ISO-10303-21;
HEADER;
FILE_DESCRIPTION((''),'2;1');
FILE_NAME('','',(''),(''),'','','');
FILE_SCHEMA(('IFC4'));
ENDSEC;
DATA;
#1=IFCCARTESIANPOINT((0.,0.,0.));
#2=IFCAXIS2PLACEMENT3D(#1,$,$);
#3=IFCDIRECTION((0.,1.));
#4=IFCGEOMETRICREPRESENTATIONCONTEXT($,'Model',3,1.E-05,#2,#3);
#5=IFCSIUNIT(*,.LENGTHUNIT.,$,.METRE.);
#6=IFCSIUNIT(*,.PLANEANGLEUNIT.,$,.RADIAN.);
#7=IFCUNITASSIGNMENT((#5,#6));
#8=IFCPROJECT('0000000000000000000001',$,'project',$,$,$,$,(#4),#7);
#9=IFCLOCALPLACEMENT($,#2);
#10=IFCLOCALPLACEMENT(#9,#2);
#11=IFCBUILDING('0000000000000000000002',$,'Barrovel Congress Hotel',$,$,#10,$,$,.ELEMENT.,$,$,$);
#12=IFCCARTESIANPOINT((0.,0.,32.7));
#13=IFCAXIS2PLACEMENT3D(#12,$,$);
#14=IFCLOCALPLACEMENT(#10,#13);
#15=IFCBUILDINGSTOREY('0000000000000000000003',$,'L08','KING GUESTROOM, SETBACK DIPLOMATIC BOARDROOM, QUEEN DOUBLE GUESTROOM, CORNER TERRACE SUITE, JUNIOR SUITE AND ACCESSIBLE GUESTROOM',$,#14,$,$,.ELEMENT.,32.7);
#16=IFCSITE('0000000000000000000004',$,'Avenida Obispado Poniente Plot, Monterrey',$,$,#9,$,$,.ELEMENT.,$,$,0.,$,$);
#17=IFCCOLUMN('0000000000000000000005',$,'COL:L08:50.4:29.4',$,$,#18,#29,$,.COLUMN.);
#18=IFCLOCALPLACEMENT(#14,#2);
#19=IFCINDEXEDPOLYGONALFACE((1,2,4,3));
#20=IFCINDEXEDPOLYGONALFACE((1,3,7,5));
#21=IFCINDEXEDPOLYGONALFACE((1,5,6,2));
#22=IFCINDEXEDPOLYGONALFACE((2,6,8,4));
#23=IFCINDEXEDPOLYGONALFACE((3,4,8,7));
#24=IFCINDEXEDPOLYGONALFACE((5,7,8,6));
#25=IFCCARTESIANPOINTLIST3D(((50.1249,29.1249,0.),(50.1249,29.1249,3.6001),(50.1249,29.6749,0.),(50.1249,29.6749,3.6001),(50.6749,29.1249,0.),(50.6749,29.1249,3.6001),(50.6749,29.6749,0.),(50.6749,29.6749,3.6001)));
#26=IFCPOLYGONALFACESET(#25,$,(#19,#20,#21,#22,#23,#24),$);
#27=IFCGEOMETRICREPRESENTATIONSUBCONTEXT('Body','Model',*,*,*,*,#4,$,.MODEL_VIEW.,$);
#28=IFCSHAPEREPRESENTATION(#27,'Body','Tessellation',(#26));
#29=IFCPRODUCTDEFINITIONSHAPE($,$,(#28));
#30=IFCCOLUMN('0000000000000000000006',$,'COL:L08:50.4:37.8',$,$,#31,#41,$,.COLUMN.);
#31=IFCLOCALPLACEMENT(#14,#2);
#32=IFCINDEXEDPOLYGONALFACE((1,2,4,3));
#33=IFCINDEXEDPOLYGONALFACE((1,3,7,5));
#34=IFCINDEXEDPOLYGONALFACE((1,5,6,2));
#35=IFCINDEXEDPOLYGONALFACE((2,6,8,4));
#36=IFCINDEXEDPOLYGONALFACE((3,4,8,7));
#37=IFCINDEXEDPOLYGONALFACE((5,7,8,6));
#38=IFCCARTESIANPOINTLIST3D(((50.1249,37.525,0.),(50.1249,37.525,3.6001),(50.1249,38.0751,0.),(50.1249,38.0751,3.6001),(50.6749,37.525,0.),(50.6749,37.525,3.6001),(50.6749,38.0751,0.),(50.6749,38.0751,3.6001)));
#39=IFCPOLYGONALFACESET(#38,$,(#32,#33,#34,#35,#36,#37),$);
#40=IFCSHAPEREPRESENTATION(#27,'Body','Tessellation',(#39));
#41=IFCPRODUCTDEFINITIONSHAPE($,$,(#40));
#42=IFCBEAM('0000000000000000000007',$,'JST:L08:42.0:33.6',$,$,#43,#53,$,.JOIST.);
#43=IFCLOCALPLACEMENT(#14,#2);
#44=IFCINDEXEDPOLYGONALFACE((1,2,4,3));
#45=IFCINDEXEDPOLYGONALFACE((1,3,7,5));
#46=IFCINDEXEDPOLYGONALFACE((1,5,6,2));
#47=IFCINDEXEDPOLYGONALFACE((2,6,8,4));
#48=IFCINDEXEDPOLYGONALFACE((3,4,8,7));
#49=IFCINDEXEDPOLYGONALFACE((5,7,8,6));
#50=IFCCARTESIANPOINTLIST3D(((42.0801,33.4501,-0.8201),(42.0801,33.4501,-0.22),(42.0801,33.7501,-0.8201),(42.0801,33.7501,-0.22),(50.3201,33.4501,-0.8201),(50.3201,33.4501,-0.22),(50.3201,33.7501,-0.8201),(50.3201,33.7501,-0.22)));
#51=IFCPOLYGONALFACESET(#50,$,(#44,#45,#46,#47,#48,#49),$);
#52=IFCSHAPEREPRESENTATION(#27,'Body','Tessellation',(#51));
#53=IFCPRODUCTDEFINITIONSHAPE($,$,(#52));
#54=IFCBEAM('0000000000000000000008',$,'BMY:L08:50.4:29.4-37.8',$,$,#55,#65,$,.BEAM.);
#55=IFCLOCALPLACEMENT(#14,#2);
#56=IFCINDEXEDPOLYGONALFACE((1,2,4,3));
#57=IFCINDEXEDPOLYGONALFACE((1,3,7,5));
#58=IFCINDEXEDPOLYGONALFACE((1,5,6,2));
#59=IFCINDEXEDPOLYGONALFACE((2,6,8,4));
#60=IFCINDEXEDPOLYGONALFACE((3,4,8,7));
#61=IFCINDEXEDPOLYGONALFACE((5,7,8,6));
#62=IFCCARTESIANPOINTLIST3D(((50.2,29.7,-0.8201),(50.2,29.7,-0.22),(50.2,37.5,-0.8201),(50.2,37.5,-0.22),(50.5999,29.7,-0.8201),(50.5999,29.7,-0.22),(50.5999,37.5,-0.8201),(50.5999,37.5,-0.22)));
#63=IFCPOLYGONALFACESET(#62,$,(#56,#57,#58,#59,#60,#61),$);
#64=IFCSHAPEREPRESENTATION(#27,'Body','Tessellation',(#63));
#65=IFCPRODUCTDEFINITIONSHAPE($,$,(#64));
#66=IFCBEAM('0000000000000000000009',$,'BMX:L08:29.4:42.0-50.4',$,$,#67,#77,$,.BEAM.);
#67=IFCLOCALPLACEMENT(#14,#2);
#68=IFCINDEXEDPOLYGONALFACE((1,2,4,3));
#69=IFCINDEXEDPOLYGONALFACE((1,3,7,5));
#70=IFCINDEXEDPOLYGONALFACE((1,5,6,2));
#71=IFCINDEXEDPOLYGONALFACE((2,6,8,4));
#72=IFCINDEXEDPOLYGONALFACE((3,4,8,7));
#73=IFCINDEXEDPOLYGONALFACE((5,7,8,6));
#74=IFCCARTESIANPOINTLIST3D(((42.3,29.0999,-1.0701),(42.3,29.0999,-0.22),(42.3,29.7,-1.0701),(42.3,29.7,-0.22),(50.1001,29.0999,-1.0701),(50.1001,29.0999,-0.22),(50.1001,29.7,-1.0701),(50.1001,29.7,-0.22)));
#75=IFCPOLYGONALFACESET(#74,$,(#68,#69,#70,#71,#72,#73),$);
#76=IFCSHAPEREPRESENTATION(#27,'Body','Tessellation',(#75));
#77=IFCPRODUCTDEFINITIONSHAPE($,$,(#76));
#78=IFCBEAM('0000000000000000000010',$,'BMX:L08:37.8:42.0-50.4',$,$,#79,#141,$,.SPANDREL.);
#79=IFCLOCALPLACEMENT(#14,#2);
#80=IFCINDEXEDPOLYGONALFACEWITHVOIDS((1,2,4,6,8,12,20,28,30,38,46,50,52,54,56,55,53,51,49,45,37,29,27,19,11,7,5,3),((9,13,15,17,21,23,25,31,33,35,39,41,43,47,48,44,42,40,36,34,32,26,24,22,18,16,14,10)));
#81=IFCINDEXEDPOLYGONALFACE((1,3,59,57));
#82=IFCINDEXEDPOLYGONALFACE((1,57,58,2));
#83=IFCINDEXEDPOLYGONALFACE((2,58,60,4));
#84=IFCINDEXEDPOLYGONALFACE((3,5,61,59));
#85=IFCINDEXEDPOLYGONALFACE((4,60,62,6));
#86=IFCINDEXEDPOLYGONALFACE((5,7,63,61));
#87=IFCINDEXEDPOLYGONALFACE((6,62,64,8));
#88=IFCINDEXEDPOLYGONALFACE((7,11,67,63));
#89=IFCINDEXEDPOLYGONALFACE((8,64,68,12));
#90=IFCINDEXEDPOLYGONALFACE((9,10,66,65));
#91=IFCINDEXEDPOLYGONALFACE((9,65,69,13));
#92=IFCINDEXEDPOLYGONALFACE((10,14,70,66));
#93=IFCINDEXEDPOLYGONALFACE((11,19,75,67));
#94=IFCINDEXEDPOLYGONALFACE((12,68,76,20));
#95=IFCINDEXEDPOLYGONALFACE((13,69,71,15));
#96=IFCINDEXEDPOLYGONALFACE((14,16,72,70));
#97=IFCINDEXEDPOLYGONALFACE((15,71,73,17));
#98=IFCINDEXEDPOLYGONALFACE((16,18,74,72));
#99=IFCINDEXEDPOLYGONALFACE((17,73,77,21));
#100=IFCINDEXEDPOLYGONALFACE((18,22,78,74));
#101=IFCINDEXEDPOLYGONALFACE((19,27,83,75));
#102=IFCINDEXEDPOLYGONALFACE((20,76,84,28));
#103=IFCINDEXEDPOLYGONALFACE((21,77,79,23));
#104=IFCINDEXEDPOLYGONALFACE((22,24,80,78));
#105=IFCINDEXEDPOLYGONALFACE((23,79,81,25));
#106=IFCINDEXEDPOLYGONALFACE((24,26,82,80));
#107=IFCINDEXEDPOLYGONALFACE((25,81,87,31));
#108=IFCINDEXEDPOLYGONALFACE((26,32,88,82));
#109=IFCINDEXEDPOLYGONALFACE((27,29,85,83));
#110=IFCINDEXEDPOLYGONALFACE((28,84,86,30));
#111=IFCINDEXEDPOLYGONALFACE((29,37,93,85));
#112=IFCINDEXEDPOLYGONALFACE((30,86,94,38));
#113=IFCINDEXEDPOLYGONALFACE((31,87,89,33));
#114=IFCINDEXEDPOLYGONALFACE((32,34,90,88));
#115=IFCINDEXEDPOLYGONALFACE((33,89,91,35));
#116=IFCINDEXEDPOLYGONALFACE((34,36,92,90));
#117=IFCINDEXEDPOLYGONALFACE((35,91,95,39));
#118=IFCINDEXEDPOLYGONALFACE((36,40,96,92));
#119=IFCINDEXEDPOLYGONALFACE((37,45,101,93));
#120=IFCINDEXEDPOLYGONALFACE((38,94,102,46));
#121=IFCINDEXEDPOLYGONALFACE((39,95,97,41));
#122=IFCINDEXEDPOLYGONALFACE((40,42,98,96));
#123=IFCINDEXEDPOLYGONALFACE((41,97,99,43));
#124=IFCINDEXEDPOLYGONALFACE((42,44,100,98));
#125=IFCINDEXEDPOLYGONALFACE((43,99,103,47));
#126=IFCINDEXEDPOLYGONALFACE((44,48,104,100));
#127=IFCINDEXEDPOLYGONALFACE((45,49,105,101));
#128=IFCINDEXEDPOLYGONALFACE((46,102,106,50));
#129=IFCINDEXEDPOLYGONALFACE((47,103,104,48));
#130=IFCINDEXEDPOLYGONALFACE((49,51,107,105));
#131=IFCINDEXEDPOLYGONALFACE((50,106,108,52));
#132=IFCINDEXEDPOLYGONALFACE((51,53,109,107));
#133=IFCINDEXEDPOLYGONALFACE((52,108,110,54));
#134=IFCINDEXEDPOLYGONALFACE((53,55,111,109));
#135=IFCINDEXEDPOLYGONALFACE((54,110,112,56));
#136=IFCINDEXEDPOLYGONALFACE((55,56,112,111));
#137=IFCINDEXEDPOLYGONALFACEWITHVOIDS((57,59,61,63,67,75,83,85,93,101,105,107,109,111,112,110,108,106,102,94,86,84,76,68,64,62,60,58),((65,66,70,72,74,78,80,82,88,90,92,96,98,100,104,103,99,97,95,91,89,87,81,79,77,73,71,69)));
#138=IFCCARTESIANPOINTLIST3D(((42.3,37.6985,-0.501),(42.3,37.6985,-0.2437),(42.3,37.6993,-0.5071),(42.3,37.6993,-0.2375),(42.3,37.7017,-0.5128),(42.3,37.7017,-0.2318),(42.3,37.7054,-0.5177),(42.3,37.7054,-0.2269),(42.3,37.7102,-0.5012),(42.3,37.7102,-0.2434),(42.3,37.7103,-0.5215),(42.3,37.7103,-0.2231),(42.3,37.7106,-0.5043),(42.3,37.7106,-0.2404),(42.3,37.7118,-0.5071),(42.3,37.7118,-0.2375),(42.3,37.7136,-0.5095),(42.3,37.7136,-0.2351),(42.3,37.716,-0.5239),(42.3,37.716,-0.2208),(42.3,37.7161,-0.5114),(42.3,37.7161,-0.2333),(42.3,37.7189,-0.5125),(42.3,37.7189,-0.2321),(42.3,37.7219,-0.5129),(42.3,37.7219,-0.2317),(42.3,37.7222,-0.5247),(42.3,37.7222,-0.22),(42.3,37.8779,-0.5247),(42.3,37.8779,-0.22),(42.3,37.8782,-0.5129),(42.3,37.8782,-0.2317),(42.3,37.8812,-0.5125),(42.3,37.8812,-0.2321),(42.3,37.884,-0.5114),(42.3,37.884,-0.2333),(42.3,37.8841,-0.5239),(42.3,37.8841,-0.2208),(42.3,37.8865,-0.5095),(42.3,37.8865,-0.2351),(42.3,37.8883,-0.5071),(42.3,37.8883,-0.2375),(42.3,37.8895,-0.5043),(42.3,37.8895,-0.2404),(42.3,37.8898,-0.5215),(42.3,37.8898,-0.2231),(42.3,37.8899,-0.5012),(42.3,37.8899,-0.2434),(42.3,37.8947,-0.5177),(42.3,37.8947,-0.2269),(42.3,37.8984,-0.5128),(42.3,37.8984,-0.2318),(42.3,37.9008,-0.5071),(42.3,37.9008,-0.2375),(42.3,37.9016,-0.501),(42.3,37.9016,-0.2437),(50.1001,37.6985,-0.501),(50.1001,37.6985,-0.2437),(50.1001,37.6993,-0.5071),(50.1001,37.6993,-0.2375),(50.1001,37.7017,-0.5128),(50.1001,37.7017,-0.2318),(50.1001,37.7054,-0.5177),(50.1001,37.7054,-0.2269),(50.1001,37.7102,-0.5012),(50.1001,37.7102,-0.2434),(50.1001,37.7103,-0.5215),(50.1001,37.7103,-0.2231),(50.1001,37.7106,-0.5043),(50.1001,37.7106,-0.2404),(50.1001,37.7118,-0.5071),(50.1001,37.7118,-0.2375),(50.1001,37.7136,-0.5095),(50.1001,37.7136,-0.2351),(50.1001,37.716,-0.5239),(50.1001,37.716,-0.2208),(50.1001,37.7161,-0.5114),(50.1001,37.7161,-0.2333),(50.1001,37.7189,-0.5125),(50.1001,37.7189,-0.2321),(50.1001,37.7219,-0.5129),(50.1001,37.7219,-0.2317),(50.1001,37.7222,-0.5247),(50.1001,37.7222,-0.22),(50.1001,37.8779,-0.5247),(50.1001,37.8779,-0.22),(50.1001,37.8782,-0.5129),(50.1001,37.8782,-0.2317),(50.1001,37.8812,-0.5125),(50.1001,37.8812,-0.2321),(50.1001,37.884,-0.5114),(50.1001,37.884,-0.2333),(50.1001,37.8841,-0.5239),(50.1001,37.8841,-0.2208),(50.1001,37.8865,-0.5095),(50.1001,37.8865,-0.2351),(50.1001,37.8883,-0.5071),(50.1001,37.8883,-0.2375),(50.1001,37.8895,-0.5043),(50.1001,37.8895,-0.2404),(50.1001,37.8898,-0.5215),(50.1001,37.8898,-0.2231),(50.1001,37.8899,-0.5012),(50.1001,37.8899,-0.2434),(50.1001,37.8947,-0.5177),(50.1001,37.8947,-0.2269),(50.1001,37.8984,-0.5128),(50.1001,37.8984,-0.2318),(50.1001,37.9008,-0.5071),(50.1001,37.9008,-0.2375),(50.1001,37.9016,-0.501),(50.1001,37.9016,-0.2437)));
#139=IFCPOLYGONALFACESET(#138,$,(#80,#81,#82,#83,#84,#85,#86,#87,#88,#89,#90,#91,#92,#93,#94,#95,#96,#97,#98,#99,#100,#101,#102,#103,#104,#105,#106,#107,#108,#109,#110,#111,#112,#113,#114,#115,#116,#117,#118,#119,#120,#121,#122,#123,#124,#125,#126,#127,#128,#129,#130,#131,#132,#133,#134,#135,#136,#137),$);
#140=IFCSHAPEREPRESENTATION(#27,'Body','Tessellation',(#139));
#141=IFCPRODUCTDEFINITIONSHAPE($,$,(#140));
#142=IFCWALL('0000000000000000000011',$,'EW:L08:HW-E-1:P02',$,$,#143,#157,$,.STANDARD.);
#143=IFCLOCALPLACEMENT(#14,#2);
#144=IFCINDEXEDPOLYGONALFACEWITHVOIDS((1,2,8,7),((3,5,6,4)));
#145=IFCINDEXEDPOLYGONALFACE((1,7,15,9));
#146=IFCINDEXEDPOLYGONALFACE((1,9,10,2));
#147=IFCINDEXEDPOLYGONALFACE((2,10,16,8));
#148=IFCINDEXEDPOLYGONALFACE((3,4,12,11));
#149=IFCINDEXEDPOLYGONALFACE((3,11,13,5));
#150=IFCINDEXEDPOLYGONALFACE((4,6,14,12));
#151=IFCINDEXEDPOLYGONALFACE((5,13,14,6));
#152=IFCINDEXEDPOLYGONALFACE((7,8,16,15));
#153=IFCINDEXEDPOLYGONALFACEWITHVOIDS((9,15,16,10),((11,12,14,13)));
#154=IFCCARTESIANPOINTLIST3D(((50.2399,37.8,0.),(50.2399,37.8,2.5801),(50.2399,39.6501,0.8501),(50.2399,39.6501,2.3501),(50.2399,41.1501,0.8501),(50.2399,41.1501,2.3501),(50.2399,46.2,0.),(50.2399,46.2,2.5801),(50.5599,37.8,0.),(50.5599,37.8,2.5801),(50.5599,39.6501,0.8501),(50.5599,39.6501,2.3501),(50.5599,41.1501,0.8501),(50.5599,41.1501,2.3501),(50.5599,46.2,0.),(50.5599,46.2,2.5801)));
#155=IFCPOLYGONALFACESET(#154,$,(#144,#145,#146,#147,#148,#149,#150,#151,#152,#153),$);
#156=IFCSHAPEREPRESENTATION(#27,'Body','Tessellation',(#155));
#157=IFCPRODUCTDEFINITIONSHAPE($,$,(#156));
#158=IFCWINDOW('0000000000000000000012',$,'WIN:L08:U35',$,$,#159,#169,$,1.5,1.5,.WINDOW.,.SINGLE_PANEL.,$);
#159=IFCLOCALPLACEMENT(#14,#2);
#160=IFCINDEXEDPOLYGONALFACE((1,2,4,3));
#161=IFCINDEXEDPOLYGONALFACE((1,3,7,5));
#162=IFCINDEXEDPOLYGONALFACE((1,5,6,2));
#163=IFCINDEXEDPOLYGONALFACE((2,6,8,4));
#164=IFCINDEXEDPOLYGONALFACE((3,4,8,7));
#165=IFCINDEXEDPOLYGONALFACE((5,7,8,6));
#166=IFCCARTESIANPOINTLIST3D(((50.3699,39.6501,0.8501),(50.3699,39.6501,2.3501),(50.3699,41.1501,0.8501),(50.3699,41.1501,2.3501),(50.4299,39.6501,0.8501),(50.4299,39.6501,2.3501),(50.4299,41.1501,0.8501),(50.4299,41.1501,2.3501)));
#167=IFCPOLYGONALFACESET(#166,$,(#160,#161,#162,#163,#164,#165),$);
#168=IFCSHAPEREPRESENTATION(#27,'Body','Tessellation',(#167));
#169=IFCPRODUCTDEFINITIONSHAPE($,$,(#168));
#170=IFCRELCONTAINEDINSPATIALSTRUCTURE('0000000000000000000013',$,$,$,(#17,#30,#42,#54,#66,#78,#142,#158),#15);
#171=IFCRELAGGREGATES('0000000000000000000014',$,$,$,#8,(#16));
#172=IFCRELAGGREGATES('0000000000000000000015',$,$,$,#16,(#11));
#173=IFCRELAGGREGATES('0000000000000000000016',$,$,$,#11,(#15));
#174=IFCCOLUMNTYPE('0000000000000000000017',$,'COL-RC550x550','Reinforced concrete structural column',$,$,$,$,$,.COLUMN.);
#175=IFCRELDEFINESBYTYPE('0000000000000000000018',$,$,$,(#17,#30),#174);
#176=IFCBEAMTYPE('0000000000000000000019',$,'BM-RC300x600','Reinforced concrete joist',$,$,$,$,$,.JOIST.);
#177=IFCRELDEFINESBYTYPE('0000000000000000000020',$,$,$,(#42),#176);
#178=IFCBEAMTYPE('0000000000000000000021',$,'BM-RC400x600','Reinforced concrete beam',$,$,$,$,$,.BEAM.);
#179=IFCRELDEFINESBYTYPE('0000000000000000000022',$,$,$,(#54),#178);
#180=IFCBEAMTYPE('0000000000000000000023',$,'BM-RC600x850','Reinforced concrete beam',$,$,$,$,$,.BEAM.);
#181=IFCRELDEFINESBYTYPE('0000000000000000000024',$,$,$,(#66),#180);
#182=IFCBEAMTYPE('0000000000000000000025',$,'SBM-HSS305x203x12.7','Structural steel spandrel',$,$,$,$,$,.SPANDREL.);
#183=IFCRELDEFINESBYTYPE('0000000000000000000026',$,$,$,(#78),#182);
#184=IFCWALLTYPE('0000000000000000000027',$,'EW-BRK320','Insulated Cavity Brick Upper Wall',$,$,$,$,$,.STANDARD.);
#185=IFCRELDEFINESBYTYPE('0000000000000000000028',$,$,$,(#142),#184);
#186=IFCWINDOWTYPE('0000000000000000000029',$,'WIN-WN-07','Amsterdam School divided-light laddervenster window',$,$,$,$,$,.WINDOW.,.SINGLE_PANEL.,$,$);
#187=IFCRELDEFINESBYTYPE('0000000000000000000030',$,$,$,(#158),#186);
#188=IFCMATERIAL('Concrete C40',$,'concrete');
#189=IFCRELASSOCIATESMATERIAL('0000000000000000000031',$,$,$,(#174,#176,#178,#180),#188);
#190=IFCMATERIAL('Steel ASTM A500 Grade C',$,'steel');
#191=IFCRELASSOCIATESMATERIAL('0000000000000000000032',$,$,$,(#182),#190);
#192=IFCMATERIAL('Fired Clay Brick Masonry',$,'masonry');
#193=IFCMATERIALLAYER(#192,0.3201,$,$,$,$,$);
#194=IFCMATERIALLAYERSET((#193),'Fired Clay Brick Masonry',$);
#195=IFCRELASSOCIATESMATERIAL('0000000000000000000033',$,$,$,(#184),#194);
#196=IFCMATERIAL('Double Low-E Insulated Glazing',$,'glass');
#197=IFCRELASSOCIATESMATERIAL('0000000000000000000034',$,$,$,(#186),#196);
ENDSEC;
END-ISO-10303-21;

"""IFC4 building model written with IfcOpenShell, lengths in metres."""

from ifc_helpers import new_model, si_unit, direction, frame, frame_2d, origin, origin_2d, place, context, subcontext, project, spatial, rectangle, hollow_rectangle, extrude, material, layer, layer_set, material_profile, profile_set, type_object, element, fill, save


model = new_model("IFC4")

# Units and contexts
model_context = context("Model", 3, precision=1e-05, world=origin(), true_north=direction((0.0, 1.0)))
body_context = subcontext(model_context, "Body", "Model", "MODEL_VIEW")
ifc_project = project(units=[si_unit("LENGTHUNIT", "METRE"), si_unit("PLANEANGLEUNIT", "RADIAN")], contexts=[model_context])

# Site, building, storey
site_placement = place(None, origin())
site = spatial("IfcSite", under=ifc_project, at=site_placement, Name="Avenida Obispado Poniente Plot, Monterrey", CompositionType="ELEMENT", RefElevation=0.0)
building_placement = place(site_placement, origin())
building = spatial("IfcBuilding", under=site, at=building_placement, Name="Barrovel Congress Hotel", CompositionType="ELEMENT")
storey_placement = place(building_placement, frame((0.0, 0.0, 32.7)))
storey = spatial("IfcBuildingStorey", under=building, at=storey_placement, Name="L08", Description="KING GUESTROOM, SETBACK DIPLOMATIC BOARDROOM, QUEEN DOUBLE GUESTROOM, CORNER TERRACE SUITE, JUNIOR SUITE AND ACCESSIBLE GUESTROOM", CompositionType="ELEMENT", Elevation=32.7)

# Columns
ifc_material_1 = material(Name="Concrete C40", Category="concrete")
ifc_material_profile_1 = material_profile(ifc_material_1, rectangle(XDim=0.55, YDim=0.55, at=origin_2d()), Name="RC550x550")
ifc_profile_set_1 = profile_set([ifc_material_profile_1], Name="Concrete C40")
column_type = type_object("IfcColumnType", Name="COL-RC550x550", Description="Reinforced concrete structural column", PredefinedType="COLUMN", material=ifc_profile_set_1)
for number, where, z_axis, x_axis, name in (
    (1, (50.3999, 29.3999, 0.0), (0.0, 0.0, 1.0), (1.0, 0.0, 0.0), "COL:L08:50.4:29.4"),
    (2, (50.3999, 37.8, 0.0), (0.0, 0.0, 1.0), (1.0, 0.0, 0.0), "COL:L08:50.4:37.8"),
):
    element("IfcColumn", number, at=place(storey_placement, frame(where, z_axis=z_axis, x_axis=x_axis)), inside=storey, type_object=column_type, Name=name, PredefinedType="COLUMN", context=body_context, shape_type="SweptSolid", body=[
        extrude(rectangle(XDim=0.55, YDim=0.55, at=origin_2d()), origin(), (0.0, 0.0, 1.0), 3.6001),
    ])

# Beams
ifc_material_profile_2 = material_profile(ifc_material_1, rectangle(XDim=0.3, YDim=0.6001, at=origin_2d()), Name="RC300x600")
ifc_profile_set_2 = profile_set([ifc_material_profile_2], Name="Concrete C40")
beam_type_1 = type_object("IfcBeamType", Name="BM-RC300x600", Description="Reinforced concrete joist", PredefinedType="JOIST", material=ifc_profile_set_2)
beam_1_placement = place(storey_placement, frame((42.0801, 33.6001, -0.52), z_axis=(1.0, 0.0, 0.0), x_axis=(0.0, 1.0, 0.0)))
element("IfcBeam", 3, at=beam_1_placement, inside=storey, type_object=beam_type_1, Name="JST:L08:42.0:33.6", PredefinedType="JOIST", context=body_context, shape_type="SweptSolid", body=[
    extrude(rectangle(XDim=0.3, YDim=0.6001, at=origin_2d()), origin(), (0.0, 0.0, 1.0), 8.24),
])
ifc_material_profile_3 = material_profile(ifc_material_1, rectangle(XDim=0.3999, YDim=0.6001, at=origin_2d()), Name="RC400x600")
ifc_profile_set_3 = profile_set([ifc_material_profile_3], Name="Concrete C40")
beam_type_2 = type_object("IfcBeamType", Name="BM-RC400x600", Description="Reinforced concrete beam", PredefinedType="BEAM", material=ifc_profile_set_3)
beam_2_placement = place(storey_placement, frame((50.3999, 29.7, -0.52), z_axis=(0.0, 1.0, 0.0), x_axis=(-1.0, 0.0, 0.0)))
element("IfcBeam", 4, at=beam_2_placement, inside=storey, type_object=beam_type_2, Name="BMY:L08:50.4:29.4-37.8", PredefinedType="BEAM", context=body_context, shape_type="SweptSolid", body=[
    extrude(rectangle(XDim=0.3999, YDim=0.6001, at=origin_2d()), origin(), (0.0, 0.0, 1.0), 7.8),
])
ifc_material_profile_4 = material_profile(ifc_material_1, rectangle(XDim=0.6001, YDim=0.8501, at=origin_2d()), Name="RC600x850")
ifc_profile_set_4 = profile_set([ifc_material_profile_4], Name="Concrete C40")
beam_type_3 = type_object("IfcBeamType", Name="BM-RC600x850", Description="Reinforced concrete beam", PredefinedType="BEAM", material=ifc_profile_set_4)
beam_3_placement = place(storey_placement, frame((42.3, 29.3999, -0.645), z_axis=(1.0, 0.0, 0.0), x_axis=(0.0, 1.0, 0.0)))
element("IfcBeam", 5, at=beam_3_placement, inside=storey, type_object=beam_type_3, Name="BMX:L08:29.4:42.0-50.4", PredefinedType="BEAM", context=body_context, shape_type="SweptSolid", body=[
    extrude(rectangle(XDim=0.6001, YDim=0.8501, at=origin_2d()), origin(), (0.0, 0.0, 1.0), 7.8),
])
ifc_material_2 = material(Name="Steel ASTM A500 Grade C", Category="steel")
ifc_material_profile_5 = material_profile(ifc_material_2, hollow_rectangle(XDim=0.2031, YDim=0.3047, WallThickness=0.0117, InnerFilletRadius=0.0117, OuterFilletRadius=0.0237, at=origin_2d()), Name="HSS305x203x12.7")
ifc_profile_set_5 = profile_set([ifc_material_profile_5], Name="Steel ASTM A500 Grade C")
beam_type_4 = type_object("IfcBeamType", Name="SBM-HSS305x203x12.7", Description="Structural steel spandrel", PredefinedType="SPANDREL", material=ifc_profile_set_5)
beam_4_placement = place(storey_placement, frame((42.3, 37.8, -0.3723), z_axis=(1.0, 0.0, 0.0), x_axis=(0.0, 1.0, 0.0)))
element("IfcBeam", 6, at=beam_4_placement, inside=storey, type_object=beam_type_4, Name="BMX:L08:37.8:42.0-50.4", PredefinedType="SPANDREL", context=body_context, shape_type="SweptSolid", body=[
    extrude(hollow_rectangle(XDim=0.2031, YDim=0.3047, WallThickness=0.0117, InnerFilletRadius=0.0117, OuterFilletRadius=0.0237, at=origin_2d()), origin(), (0.0, 0.0, 1.0), 7.8),
])

# Wall, opening, window
ifc_material_3 = material(Name="Fired Clay Brick Masonry", Category="masonry")
ifc_layer_1 = layer(ifc_material_3, 0.3201)
ifc_layer_set_1 = layer_set([ifc_layer_1], Name="Fired Clay Brick Masonry")
wall_type_1 = type_object("IfcWallType", Name="EW-BRK320", Description="Insulated Cavity Brick Upper Wall", PredefinedType="STANDARD", material=ifc_layer_set_1)
wall_1_placement = place(storey_placement, frame((50.3999, 37.8, 0.0), z_axis=(0.0, 0.0, 1.0), x_axis=(0.0, 1.0, 0.0)))
wall_1 = element("IfcWall", 7, at=wall_1_placement, inside=storey, type_object=wall_type_1, Name="EW:L08:HW-E-1:P02", PredefinedType="STANDARD", context=body_context, shape_type="SweptSolid", body=[
    extrude(rectangle(XDim=8.3999, YDim=0.3201, at=frame_2d((4.2, 0.0))), origin(), (0.0, 0.0, 1.0), 2.5801),
])
opening_1_placement = place(wall_1_placement, frame((1.8501, 0.0, 0.8501)))
opening_1 = element("IfcOpeningElement", 8, at=opening_1_placement, cuts=wall_1, PredefinedType="OPENING", context=body_context, shape_type="SweptSolid", body=[
    extrude(rectangle(XDim=1.5, YDim=1.5, at=frame_2d((0.75, 0.75))), frame((0.0, 0.1699, 0.0), z_axis=(0.0, -1.0, 0.0), x_axis=(1.0, 0.0, 0.0)), (0.0, 0.0, 1.0), 0.3401),
])
ifc_material_4 = material(Name="Double Low-E Insulated Glazing", Category="glass")
window_type = type_object("IfcWindowType", Name="WIN-WN-07", Description="Amsterdam School divided-light laddervenster window", PartitioningType="SINGLE_PANEL", PredefinedType="WINDOW", material=ifc_material_4)
window_placement = place(opening_1_placement, origin())
window = element("IfcWindow", 9, at=window_placement, inside=storey, type_object=window_type, Name="WIN:L08:U35", OverallHeight=1.5, OverallWidth=1.5, PartitioningType="SINGLE_PANEL", PredefinedType="WINDOW", context=body_context, shape_type="SweptSolid", body=[
    extrude(rectangle(XDim=1.5, YDim=1.5, at=frame_2d((0.75, 0.75))), frame((0.0, 0.03, 0.0), z_axis=(0.0, -1.0, 0.0), x_axis=(1.0, 0.0, 0.0)), (0.0, 0.0, 1.0), 0.0601),
])
fill(opening_1, window)

save(model, "model.ifc")
